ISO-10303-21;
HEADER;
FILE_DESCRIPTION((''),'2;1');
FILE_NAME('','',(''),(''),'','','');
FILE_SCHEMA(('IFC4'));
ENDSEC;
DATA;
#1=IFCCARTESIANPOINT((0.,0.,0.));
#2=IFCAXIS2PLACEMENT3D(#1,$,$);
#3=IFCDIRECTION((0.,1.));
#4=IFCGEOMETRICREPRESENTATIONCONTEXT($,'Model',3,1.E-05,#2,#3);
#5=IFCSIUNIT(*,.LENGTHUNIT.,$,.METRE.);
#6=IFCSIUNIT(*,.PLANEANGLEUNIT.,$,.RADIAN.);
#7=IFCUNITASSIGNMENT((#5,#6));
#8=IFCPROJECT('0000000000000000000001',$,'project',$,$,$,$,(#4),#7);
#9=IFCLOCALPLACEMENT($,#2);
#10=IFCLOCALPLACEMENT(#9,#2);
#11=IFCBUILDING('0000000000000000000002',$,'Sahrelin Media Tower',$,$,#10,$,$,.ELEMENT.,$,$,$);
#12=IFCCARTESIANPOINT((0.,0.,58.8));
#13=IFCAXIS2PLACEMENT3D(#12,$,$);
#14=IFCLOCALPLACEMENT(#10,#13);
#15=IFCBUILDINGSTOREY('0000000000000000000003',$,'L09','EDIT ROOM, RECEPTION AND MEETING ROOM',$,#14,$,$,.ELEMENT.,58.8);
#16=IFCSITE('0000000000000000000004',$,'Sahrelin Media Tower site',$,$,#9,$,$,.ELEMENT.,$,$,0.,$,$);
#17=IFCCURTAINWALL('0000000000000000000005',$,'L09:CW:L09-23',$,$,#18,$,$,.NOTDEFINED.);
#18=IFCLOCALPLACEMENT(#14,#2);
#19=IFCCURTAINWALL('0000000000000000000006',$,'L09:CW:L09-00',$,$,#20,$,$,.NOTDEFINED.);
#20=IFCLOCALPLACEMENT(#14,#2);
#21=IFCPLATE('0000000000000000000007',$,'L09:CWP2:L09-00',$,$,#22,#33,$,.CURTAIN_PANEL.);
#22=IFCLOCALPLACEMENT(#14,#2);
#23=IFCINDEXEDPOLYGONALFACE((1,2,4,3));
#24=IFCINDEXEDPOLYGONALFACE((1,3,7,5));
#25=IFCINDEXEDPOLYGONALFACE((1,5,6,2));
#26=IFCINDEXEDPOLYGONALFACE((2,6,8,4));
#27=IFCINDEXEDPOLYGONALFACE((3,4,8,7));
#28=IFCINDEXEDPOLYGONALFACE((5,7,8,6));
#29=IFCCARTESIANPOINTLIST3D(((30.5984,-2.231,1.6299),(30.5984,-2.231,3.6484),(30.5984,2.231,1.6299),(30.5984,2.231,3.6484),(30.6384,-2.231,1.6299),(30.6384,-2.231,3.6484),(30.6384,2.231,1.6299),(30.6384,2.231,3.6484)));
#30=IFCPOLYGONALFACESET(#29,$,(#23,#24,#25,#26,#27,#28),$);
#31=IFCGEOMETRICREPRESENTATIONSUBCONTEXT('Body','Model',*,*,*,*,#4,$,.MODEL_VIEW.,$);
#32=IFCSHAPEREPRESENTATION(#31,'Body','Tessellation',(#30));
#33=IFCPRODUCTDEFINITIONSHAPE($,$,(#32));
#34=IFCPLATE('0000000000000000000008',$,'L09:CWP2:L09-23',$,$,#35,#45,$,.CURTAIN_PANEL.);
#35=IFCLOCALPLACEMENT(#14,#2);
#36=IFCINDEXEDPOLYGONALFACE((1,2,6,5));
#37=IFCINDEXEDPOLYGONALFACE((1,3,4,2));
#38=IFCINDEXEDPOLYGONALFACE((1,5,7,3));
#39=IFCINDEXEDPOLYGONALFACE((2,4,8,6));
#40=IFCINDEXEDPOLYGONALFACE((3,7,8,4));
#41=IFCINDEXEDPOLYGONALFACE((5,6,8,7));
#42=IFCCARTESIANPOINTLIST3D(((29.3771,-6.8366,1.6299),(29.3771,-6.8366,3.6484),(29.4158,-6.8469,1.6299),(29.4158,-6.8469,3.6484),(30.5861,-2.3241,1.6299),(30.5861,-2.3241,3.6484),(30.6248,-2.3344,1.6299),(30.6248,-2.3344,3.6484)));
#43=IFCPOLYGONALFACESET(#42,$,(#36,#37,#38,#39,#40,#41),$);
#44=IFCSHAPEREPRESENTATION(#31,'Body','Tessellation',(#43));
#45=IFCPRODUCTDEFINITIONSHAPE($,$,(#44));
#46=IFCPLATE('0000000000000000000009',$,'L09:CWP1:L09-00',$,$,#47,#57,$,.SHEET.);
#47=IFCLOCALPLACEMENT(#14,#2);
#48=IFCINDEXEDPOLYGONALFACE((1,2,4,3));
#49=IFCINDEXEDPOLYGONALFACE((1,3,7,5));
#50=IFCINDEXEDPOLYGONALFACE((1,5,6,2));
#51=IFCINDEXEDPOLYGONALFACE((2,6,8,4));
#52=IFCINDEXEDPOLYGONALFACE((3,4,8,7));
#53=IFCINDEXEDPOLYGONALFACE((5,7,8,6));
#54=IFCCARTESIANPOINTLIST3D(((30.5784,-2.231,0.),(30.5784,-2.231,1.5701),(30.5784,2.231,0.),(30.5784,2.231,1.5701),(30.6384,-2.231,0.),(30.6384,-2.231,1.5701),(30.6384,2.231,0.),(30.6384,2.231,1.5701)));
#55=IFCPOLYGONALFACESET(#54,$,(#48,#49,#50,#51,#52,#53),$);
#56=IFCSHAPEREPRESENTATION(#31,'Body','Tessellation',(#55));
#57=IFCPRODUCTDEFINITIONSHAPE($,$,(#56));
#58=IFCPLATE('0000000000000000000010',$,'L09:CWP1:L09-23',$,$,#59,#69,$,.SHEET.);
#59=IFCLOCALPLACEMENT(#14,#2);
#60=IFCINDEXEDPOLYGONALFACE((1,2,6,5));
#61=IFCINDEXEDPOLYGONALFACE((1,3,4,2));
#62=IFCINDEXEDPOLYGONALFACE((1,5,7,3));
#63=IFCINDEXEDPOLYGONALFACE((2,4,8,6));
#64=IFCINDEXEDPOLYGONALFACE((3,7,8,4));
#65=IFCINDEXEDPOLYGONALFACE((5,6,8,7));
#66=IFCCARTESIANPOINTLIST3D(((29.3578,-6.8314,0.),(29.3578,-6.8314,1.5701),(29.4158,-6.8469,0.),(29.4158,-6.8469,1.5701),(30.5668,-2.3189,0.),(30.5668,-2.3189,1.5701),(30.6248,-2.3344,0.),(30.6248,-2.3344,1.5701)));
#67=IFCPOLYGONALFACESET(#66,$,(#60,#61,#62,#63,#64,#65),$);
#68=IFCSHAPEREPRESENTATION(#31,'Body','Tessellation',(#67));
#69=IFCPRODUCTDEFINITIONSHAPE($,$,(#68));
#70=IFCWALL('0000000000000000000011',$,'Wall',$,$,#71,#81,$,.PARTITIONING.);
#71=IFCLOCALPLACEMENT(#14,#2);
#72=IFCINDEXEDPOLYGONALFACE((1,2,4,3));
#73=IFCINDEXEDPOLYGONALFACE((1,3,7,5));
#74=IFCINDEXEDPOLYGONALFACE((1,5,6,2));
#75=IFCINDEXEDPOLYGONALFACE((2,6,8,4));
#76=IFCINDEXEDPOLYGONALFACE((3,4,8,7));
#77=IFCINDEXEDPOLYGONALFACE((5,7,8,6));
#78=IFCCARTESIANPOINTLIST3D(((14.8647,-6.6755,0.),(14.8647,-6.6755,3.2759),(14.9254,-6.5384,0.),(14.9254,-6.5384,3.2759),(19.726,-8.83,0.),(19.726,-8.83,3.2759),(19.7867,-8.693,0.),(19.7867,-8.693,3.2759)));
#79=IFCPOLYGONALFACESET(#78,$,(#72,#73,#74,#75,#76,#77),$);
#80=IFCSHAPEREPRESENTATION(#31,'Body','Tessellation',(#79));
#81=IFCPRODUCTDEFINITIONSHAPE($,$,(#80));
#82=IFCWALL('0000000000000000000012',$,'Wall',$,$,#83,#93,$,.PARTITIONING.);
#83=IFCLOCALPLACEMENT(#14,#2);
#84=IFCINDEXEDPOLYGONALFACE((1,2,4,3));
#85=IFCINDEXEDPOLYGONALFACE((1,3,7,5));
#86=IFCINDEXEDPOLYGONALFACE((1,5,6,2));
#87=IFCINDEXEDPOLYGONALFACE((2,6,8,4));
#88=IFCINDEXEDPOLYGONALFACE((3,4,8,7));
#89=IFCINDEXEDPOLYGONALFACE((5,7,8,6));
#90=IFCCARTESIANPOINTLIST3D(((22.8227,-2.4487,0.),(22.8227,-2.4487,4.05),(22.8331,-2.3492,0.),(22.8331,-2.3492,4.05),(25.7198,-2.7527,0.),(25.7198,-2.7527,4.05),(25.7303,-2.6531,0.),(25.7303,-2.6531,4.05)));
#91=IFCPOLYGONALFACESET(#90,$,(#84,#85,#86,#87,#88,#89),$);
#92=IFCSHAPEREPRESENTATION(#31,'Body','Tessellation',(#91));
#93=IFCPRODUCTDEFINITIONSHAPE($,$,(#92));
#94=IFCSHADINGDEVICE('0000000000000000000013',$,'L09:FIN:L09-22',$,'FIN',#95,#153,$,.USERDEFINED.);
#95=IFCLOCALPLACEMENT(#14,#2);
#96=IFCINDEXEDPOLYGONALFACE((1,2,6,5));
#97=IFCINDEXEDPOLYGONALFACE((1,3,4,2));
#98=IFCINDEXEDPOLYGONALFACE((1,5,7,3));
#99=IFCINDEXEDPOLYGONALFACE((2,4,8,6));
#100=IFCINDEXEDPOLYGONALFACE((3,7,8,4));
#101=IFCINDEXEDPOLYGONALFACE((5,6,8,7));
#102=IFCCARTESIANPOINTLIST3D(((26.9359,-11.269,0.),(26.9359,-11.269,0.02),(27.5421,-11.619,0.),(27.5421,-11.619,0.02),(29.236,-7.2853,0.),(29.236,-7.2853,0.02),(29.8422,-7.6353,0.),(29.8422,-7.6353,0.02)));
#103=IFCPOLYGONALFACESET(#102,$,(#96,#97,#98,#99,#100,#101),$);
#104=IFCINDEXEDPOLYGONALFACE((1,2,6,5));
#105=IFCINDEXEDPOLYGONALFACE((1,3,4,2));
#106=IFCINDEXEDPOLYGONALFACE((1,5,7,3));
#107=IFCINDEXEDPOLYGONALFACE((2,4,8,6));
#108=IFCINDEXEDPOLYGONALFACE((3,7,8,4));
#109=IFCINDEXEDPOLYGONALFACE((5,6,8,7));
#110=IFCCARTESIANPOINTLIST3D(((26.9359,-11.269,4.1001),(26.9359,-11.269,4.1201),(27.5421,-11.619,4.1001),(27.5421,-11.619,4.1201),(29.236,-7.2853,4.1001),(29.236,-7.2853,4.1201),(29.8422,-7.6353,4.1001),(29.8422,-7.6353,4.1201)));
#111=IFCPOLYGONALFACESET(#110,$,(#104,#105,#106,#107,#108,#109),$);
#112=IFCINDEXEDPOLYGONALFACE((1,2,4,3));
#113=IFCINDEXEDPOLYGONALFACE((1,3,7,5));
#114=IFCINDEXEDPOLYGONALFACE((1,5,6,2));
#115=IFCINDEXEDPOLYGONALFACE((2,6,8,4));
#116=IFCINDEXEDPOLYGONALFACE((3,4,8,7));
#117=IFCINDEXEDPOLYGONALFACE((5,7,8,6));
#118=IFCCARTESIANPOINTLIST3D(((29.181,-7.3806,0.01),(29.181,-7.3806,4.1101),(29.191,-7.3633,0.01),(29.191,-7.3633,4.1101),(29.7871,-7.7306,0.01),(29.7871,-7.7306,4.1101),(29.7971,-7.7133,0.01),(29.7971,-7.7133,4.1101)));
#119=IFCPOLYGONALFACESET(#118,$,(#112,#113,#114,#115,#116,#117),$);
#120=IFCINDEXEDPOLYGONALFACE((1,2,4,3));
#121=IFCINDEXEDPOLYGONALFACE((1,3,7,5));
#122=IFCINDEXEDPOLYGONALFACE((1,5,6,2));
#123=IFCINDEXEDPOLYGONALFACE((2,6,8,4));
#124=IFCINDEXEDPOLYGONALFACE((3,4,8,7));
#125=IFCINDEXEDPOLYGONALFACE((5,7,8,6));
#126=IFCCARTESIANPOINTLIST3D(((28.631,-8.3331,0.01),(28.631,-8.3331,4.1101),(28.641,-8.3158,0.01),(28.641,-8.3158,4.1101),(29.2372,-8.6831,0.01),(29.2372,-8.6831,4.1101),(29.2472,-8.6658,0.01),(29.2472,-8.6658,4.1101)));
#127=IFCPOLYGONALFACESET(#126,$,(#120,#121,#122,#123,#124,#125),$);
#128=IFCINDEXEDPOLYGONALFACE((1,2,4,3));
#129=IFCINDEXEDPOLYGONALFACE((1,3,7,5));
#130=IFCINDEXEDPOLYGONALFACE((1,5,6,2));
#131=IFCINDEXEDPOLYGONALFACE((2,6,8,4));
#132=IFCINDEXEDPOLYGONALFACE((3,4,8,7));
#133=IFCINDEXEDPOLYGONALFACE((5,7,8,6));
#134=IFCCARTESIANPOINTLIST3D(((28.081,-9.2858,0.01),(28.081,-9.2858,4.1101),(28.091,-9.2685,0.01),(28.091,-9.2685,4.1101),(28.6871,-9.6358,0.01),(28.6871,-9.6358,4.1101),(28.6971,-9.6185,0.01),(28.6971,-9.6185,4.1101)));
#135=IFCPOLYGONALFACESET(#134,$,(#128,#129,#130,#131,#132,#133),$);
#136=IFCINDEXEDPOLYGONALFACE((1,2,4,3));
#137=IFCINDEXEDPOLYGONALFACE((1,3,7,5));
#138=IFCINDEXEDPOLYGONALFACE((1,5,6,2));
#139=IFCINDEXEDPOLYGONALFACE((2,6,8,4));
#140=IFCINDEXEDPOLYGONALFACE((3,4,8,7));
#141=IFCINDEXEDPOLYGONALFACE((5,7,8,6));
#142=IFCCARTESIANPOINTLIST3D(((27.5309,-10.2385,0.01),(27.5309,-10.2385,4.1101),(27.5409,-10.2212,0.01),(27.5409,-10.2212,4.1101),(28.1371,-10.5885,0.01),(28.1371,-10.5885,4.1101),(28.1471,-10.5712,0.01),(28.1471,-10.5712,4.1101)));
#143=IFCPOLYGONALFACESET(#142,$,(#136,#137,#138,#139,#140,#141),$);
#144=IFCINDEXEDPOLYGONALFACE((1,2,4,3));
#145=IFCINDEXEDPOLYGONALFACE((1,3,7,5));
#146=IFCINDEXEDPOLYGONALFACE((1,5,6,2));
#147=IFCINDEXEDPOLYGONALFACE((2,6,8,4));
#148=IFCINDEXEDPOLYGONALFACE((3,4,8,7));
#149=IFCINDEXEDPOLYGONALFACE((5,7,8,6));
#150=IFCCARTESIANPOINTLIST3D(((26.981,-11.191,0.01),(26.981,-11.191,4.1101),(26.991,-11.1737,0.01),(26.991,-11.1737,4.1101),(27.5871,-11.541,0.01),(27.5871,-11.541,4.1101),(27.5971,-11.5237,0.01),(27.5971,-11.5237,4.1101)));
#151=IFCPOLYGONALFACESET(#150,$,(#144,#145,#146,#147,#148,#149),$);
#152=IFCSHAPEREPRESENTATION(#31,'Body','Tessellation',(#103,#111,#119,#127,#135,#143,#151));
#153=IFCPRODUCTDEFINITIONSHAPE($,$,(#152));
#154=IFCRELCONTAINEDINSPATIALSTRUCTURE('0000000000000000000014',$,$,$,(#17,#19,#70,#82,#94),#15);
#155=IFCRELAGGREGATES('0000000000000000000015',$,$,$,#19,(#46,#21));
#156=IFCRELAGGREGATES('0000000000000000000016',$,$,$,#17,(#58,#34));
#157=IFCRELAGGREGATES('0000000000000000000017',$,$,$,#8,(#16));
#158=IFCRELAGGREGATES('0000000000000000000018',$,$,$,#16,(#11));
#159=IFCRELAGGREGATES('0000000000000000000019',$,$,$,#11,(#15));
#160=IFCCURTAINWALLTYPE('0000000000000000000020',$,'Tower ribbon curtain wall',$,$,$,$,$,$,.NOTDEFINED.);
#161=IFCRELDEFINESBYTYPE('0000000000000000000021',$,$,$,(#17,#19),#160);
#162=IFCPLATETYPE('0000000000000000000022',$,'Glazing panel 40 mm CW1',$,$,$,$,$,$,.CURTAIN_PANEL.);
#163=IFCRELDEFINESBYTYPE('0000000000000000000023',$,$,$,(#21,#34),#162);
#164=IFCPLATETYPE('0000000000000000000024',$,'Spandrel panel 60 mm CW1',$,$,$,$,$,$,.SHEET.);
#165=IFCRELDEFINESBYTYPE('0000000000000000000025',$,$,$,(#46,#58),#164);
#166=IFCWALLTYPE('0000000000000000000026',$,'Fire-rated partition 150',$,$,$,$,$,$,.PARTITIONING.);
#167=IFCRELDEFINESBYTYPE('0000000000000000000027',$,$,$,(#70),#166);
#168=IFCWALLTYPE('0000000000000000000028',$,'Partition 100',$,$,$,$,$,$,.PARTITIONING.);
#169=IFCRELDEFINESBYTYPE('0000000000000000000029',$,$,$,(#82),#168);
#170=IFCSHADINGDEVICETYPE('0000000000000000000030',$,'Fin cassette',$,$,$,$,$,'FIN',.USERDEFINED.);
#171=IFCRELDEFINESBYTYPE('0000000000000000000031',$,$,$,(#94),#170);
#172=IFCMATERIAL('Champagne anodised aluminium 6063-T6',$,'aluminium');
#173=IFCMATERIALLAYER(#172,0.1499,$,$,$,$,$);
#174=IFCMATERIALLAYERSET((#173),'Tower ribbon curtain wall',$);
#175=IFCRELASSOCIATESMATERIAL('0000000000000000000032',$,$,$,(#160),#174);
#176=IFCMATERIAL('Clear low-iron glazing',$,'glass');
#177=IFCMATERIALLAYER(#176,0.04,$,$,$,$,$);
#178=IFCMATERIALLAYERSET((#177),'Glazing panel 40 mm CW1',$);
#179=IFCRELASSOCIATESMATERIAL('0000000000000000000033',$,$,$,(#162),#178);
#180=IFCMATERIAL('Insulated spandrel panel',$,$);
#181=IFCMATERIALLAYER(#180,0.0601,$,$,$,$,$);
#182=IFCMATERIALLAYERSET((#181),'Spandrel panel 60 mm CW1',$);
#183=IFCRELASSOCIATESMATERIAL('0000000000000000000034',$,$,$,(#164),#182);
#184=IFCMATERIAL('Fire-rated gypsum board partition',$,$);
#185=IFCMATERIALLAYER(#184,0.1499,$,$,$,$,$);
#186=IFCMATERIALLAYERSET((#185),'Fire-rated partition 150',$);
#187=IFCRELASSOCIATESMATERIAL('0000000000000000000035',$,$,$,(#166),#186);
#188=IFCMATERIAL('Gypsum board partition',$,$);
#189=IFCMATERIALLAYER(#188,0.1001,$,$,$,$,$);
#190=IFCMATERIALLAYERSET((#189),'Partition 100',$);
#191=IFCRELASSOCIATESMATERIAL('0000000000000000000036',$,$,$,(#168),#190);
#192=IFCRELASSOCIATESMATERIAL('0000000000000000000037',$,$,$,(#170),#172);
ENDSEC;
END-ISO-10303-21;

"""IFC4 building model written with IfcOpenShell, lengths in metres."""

from ifc_helpers import new_model, si_unit, direction, frame, frame_2d, origin, origin_2d, place, context, subcontext, project, spatial, polyline, rectangle, outline, extrude, material, layer, layer_set, type_object, element, aggregate, save


model = new_model("IFC4")

# Units and contexts
model_context = context("Model", 3, precision=1e-05, world=origin(), true_north=direction((0.0, 1.0)))
body_context = subcontext(model_context, "Body", "Model", "MODEL_VIEW")
ifc_project = project(units=[si_unit("LENGTHUNIT", "METRE"), si_unit("PLANEANGLEUNIT", "RADIAN")], contexts=[model_context])

# Site, building, storey
site_placement = place(None, origin())
site = spatial("IfcSite", under=ifc_project, at=site_placement, Name="Sahrelin Media Tower site", CompositionType="ELEMENT", RefElevation=0.0)
building_placement = place(site_placement, origin())
building = spatial("IfcBuilding", under=site, at=building_placement, Name="Sahrelin Media Tower", CompositionType="ELEMENT")
storey_placement = place(building_placement, frame((0.0, 0.0, 58.8)))
storey = spatial("IfcBuildingStorey", under=building, at=storey_placement, Name="L09", Description="EDIT ROOM, RECEPTION AND MEETING ROOM", CompositionType="ELEMENT", Elevation=58.8)

# Curtain wall
ifc_material_1 = material(Name="Champagne anodised aluminium 6063-T6", Category="aluminium")
ifc_layer_1 = layer(ifc_material_1, 0.1499)
ifc_layer_set_1 = layer_set([ifc_layer_1], Name="Tower ribbon curtain wall")
curtain_wall_type = type_object("IfcCurtainWallType", Name="Tower ribbon curtain wall", PredefinedType="NOTDEFINED", material=ifc_layer_set_1)
curtain_wall_1_placement = place(storey_placement, frame((30.001, -4.5854, 0.0), z_axis=(0.0, 0.0, 1.0), x_axis=(1.0, 0.0, 0.0)))
curtain_wall_1 = element("IfcCurtainWall", 1, at=curtain_wall_1_placement, inside=storey, type_object=curtain_wall_type, Name="L09:CW:L09-23", PredefinedType="NOTDEFINED")

# Curtain wall
curtain_wall_2_placement = place(storey_placement, frame((30.6184, 0.0, 0.0), z_axis=(0.0, 0.0, 1.0), x_axis=(1.0, 0.0, 0.0)))
curtain_wall_2 = element("IfcCurtainWall", 2, at=curtain_wall_2_placement, inside=storey, type_object=curtain_wall_type, Name="L09:CW:L09-00", PredefinedType="NOTDEFINED")

# Plates
ifc_material_2 = material(Name="Clear low-iron glazing", Category="glass")
ifc_layer_2 = layer(ifc_material_2, 0.04)
ifc_layer_set_2 = layer_set([ifc_layer_2], Name="Glazing panel 40 mm CW1")
plate_type_1 = type_object("IfcPlateType", Name="Glazing panel 40 mm CW1", PredefinedType="CURTAIN_PANEL", material=ifc_layer_set_2)
plate_1_placement = place(storey_placement, frame((30.6384, -2.231, 1.6299), z_axis=(1.0, 0.0, 0.0), x_axis=(0.0, 1.0, 0.0)))
plate_1 = element("IfcPlate", 3, at=plate_1_placement, type_object=plate_type_1, Name="L09:CWP2:L09-00", PredefinedType="CURTAIN_PANEL", context=body_context, shape_type="SweptSolid", body=[
    extrude(outline(polyline([(0.0, 0.0), (4.4619, 0.0), (4.4619, 2.0186), (0.0, 2.0186), (0.0, 0.0)])), origin(), (0.0, 0.0, -1.0), 0.04),
])
plate_2_placement = place(storey_placement, frame((29.4158, -6.8469, 1.6299), z_axis=(0.965932, -0.258794, 0.0), x_axis=(0.258794, 0.965932, 0.0)))
plate_2 = element("IfcPlate", 4, at=plate_2_placement, type_object=plate_type_1, Name="L09:CWP2:L09-23", PredefinedType="CURTAIN_PANEL", context=body_context, shape_type="SweptSolid", body=[
    extrude(outline(polyline([(0.0, 0.0), (4.6716, 0.0), (4.6716, 2.0186), (0.0, 2.0186), (0.0, 0.0)])), origin(), (0.0, 0.0, -1.0), 0.04),
])
ifc_material_3 = material(Name="Insulated spandrel panel")
ifc_layer_3 = layer(ifc_material_3, 0.0601)
ifc_layer_set_3 = layer_set([ifc_layer_3], Name="Spandrel panel 60 mm CW1")
plate_type_2 = type_object("IfcPlateType", Name="Spandrel panel 60 mm CW1", PredefinedType="SHEET", material=ifc_layer_set_3)
plate_3_placement = place(storey_placement, frame((30.6384, -2.231, 0.0), z_axis=(1.0, 0.0, 0.0), x_axis=(0.0, 1.0, 0.0)))
plate_3 = element("IfcPlate", 5, at=plate_3_placement, type_object=plate_type_2, Name="L09:CWP1:L09-00", PredefinedType="SHEET", context=body_context, shape_type="SweptSolid", body=[
    extrude(outline(polyline([(0.0, 0.0), (4.4619, 0.0), (4.4619, 1.5701), (0.0, 1.5701), (0.0, 0.0)])), origin(), (0.0, 0.0, -1.0), 0.0601),
])
aggregate(curtain_wall_2, [plate_3, plate_1])
plate_4_placement = place(storey_placement, frame((29.4158, -6.8469, 0.0), z_axis=(0.965932, -0.258794, 0.0), x_axis=(0.258794, 0.965932, 0.0)))
plate_4 = element("IfcPlate", 6, at=plate_4_placement, type_object=plate_type_2, Name="L09:CWP1:L09-23", PredefinedType="SHEET", context=body_context, shape_type="SweptSolid", body=[
    extrude(outline(polyline([(0.0, 0.0), (4.6716, 0.0), (4.6716, 1.5701), (0.0, 1.5701), (0.0, 0.0)])), origin(), (0.0, 0.0, -1.0), 0.0601),
])
aggregate(curtain_wall_1, [plate_4, plate_2])

# Walls
ifc_material_4 = material(Name="Fire-rated gypsum board partition")
ifc_layer_4 = layer(ifc_material_4, 0.1499)
ifc_layer_set_4 = layer_set([ifc_layer_4], Name="Fire-rated partition 150")
wall_type_1 = type_object("IfcWallType", Name="Fire-rated partition 150", PredefinedType="PARTITIONING", material=ifc_layer_set_4)
wall_1_placement = place(storey_placement, frame((14.895, -6.6069, 0.0), z_axis=(0.0, 0.0, 1.0), x_axis=(0.914233, -0.405188, 0.0)))
element("IfcWall", 7, at=wall_1_placement, inside=storey, type_object=wall_type_1, Name="Wall", PredefinedType="PARTITIONING", context=body_context, shape_type="SweptSolid", body=[
    extrude(rectangle(XDim=5.3174, YDim=0.1499, at=frame_2d((2.6587, 0.0))), origin(), (0.0, 0.0, 1.0), 3.2759),
])
ifc_material_5 = material(Name="Gypsum board partition")
ifc_layer_5 = layer(ifc_material_5, 0.1001)
ifc_layer_set_5 = layer_set([ifc_layer_5], Name="Partition 100")
wall_type_2 = type_object("IfcWallType", Name="Partition 100", PredefinedType="PARTITIONING", material=ifc_layer_set_5)
wall_2_placement = place(storey_placement, frame((22.8279, -2.3989, 0.0), z_axis=(0.0, 0.0, 1.0), x_axis=(0.994542, -0.10434, 0.0)))
element("IfcWall", 8, at=wall_2_placement, inside=storey, type_object=wall_type_2, Name="Wall", PredefinedType="PARTITIONING", context=body_context, shape_type="SweptSolid", body=[
    extrude(rectangle(XDim=2.9131, YDim=0.1001, at=frame_2d((1.4565, 0.0))), origin(), (0.0, 0.0, 1.0), 4.05),
])

# Shading device
shading_device_type_1 = type_object("IfcShadingDeviceType", Name="Fin cassette", ElementType="FIN", PredefinedType="USERDEFINED", material=ifc_material_1)
placement_1 = place(storey_placement, frame((28.0254, -9.2422, 0.0), z_axis=(0.0, 0.0, 1.0), x_axis=(-0.500011, -0.866019, 0.0)))
element("IfcShadingDevice", 9, at=placement_1, inside=storey, type_object=shading_device_type_1, Name="L09:FIN:L09-22", ObjectType="FIN", PredefinedType="USERDEFINED", context=body_context, shape_type="SweptSolid", body=[
    extrude(rectangle(XDim=4.6001, YDim=0.7, at=origin_2d()), frame((0.0, 0.4199, 0.0)), (0.0, 0.0, 1.0), 0.02),
    extrude(rectangle(XDim=4.6001, YDim=0.7, at=origin_2d()), frame((0.0, 0.4199, 4.1001)), (0.0, 0.0, 1.0), 0.02),
    extrude(rectangle(XDim=0.02, YDim=0.7, at=origin_2d()), frame((-2.2, 0.4199, 0.01), z_axis=(0.0, 0.0, 1.0), x_axis=(1.0, 0.0, 0.0)), (0.0, 0.0, 1.0), 4.1001),
    extrude(rectangle(XDim=0.02, YDim=0.7, at=origin_2d()), frame((-1.1001, 0.4199, 0.01), z_axis=(0.0, 0.0, 1.0), x_axis=(1.0, 0.0, 0.0)), (0.0, 0.0, 1.0), 4.1001),
    extrude(rectangle(XDim=0.02, YDim=0.7, at=origin_2d()), frame((0.0, 0.4199, 0.01), z_axis=(0.0, 0.0, 1.0), x_axis=(1.0, 0.0, 0.0)), (0.0, 0.0, 1.0), 4.1001),
    extrude(rectangle(XDim=0.02, YDim=0.7, at=origin_2d()), frame((1.1001, 0.4199, 0.01), z_axis=(0.0, 0.0, 1.0), x_axis=(1.0, 0.0, 0.0)), (0.0, 0.0, 1.0), 4.1001),
    extrude(rectangle(XDim=0.02, YDim=0.7, at=origin_2d()), frame((2.2, 0.4199, 0.01), z_axis=(0.0, 0.0, 1.0), x_axis=(1.0, 0.0, 0.0)), (0.0, 0.0, 1.0), 4.1001),
])

save(model, "model.ifc")
